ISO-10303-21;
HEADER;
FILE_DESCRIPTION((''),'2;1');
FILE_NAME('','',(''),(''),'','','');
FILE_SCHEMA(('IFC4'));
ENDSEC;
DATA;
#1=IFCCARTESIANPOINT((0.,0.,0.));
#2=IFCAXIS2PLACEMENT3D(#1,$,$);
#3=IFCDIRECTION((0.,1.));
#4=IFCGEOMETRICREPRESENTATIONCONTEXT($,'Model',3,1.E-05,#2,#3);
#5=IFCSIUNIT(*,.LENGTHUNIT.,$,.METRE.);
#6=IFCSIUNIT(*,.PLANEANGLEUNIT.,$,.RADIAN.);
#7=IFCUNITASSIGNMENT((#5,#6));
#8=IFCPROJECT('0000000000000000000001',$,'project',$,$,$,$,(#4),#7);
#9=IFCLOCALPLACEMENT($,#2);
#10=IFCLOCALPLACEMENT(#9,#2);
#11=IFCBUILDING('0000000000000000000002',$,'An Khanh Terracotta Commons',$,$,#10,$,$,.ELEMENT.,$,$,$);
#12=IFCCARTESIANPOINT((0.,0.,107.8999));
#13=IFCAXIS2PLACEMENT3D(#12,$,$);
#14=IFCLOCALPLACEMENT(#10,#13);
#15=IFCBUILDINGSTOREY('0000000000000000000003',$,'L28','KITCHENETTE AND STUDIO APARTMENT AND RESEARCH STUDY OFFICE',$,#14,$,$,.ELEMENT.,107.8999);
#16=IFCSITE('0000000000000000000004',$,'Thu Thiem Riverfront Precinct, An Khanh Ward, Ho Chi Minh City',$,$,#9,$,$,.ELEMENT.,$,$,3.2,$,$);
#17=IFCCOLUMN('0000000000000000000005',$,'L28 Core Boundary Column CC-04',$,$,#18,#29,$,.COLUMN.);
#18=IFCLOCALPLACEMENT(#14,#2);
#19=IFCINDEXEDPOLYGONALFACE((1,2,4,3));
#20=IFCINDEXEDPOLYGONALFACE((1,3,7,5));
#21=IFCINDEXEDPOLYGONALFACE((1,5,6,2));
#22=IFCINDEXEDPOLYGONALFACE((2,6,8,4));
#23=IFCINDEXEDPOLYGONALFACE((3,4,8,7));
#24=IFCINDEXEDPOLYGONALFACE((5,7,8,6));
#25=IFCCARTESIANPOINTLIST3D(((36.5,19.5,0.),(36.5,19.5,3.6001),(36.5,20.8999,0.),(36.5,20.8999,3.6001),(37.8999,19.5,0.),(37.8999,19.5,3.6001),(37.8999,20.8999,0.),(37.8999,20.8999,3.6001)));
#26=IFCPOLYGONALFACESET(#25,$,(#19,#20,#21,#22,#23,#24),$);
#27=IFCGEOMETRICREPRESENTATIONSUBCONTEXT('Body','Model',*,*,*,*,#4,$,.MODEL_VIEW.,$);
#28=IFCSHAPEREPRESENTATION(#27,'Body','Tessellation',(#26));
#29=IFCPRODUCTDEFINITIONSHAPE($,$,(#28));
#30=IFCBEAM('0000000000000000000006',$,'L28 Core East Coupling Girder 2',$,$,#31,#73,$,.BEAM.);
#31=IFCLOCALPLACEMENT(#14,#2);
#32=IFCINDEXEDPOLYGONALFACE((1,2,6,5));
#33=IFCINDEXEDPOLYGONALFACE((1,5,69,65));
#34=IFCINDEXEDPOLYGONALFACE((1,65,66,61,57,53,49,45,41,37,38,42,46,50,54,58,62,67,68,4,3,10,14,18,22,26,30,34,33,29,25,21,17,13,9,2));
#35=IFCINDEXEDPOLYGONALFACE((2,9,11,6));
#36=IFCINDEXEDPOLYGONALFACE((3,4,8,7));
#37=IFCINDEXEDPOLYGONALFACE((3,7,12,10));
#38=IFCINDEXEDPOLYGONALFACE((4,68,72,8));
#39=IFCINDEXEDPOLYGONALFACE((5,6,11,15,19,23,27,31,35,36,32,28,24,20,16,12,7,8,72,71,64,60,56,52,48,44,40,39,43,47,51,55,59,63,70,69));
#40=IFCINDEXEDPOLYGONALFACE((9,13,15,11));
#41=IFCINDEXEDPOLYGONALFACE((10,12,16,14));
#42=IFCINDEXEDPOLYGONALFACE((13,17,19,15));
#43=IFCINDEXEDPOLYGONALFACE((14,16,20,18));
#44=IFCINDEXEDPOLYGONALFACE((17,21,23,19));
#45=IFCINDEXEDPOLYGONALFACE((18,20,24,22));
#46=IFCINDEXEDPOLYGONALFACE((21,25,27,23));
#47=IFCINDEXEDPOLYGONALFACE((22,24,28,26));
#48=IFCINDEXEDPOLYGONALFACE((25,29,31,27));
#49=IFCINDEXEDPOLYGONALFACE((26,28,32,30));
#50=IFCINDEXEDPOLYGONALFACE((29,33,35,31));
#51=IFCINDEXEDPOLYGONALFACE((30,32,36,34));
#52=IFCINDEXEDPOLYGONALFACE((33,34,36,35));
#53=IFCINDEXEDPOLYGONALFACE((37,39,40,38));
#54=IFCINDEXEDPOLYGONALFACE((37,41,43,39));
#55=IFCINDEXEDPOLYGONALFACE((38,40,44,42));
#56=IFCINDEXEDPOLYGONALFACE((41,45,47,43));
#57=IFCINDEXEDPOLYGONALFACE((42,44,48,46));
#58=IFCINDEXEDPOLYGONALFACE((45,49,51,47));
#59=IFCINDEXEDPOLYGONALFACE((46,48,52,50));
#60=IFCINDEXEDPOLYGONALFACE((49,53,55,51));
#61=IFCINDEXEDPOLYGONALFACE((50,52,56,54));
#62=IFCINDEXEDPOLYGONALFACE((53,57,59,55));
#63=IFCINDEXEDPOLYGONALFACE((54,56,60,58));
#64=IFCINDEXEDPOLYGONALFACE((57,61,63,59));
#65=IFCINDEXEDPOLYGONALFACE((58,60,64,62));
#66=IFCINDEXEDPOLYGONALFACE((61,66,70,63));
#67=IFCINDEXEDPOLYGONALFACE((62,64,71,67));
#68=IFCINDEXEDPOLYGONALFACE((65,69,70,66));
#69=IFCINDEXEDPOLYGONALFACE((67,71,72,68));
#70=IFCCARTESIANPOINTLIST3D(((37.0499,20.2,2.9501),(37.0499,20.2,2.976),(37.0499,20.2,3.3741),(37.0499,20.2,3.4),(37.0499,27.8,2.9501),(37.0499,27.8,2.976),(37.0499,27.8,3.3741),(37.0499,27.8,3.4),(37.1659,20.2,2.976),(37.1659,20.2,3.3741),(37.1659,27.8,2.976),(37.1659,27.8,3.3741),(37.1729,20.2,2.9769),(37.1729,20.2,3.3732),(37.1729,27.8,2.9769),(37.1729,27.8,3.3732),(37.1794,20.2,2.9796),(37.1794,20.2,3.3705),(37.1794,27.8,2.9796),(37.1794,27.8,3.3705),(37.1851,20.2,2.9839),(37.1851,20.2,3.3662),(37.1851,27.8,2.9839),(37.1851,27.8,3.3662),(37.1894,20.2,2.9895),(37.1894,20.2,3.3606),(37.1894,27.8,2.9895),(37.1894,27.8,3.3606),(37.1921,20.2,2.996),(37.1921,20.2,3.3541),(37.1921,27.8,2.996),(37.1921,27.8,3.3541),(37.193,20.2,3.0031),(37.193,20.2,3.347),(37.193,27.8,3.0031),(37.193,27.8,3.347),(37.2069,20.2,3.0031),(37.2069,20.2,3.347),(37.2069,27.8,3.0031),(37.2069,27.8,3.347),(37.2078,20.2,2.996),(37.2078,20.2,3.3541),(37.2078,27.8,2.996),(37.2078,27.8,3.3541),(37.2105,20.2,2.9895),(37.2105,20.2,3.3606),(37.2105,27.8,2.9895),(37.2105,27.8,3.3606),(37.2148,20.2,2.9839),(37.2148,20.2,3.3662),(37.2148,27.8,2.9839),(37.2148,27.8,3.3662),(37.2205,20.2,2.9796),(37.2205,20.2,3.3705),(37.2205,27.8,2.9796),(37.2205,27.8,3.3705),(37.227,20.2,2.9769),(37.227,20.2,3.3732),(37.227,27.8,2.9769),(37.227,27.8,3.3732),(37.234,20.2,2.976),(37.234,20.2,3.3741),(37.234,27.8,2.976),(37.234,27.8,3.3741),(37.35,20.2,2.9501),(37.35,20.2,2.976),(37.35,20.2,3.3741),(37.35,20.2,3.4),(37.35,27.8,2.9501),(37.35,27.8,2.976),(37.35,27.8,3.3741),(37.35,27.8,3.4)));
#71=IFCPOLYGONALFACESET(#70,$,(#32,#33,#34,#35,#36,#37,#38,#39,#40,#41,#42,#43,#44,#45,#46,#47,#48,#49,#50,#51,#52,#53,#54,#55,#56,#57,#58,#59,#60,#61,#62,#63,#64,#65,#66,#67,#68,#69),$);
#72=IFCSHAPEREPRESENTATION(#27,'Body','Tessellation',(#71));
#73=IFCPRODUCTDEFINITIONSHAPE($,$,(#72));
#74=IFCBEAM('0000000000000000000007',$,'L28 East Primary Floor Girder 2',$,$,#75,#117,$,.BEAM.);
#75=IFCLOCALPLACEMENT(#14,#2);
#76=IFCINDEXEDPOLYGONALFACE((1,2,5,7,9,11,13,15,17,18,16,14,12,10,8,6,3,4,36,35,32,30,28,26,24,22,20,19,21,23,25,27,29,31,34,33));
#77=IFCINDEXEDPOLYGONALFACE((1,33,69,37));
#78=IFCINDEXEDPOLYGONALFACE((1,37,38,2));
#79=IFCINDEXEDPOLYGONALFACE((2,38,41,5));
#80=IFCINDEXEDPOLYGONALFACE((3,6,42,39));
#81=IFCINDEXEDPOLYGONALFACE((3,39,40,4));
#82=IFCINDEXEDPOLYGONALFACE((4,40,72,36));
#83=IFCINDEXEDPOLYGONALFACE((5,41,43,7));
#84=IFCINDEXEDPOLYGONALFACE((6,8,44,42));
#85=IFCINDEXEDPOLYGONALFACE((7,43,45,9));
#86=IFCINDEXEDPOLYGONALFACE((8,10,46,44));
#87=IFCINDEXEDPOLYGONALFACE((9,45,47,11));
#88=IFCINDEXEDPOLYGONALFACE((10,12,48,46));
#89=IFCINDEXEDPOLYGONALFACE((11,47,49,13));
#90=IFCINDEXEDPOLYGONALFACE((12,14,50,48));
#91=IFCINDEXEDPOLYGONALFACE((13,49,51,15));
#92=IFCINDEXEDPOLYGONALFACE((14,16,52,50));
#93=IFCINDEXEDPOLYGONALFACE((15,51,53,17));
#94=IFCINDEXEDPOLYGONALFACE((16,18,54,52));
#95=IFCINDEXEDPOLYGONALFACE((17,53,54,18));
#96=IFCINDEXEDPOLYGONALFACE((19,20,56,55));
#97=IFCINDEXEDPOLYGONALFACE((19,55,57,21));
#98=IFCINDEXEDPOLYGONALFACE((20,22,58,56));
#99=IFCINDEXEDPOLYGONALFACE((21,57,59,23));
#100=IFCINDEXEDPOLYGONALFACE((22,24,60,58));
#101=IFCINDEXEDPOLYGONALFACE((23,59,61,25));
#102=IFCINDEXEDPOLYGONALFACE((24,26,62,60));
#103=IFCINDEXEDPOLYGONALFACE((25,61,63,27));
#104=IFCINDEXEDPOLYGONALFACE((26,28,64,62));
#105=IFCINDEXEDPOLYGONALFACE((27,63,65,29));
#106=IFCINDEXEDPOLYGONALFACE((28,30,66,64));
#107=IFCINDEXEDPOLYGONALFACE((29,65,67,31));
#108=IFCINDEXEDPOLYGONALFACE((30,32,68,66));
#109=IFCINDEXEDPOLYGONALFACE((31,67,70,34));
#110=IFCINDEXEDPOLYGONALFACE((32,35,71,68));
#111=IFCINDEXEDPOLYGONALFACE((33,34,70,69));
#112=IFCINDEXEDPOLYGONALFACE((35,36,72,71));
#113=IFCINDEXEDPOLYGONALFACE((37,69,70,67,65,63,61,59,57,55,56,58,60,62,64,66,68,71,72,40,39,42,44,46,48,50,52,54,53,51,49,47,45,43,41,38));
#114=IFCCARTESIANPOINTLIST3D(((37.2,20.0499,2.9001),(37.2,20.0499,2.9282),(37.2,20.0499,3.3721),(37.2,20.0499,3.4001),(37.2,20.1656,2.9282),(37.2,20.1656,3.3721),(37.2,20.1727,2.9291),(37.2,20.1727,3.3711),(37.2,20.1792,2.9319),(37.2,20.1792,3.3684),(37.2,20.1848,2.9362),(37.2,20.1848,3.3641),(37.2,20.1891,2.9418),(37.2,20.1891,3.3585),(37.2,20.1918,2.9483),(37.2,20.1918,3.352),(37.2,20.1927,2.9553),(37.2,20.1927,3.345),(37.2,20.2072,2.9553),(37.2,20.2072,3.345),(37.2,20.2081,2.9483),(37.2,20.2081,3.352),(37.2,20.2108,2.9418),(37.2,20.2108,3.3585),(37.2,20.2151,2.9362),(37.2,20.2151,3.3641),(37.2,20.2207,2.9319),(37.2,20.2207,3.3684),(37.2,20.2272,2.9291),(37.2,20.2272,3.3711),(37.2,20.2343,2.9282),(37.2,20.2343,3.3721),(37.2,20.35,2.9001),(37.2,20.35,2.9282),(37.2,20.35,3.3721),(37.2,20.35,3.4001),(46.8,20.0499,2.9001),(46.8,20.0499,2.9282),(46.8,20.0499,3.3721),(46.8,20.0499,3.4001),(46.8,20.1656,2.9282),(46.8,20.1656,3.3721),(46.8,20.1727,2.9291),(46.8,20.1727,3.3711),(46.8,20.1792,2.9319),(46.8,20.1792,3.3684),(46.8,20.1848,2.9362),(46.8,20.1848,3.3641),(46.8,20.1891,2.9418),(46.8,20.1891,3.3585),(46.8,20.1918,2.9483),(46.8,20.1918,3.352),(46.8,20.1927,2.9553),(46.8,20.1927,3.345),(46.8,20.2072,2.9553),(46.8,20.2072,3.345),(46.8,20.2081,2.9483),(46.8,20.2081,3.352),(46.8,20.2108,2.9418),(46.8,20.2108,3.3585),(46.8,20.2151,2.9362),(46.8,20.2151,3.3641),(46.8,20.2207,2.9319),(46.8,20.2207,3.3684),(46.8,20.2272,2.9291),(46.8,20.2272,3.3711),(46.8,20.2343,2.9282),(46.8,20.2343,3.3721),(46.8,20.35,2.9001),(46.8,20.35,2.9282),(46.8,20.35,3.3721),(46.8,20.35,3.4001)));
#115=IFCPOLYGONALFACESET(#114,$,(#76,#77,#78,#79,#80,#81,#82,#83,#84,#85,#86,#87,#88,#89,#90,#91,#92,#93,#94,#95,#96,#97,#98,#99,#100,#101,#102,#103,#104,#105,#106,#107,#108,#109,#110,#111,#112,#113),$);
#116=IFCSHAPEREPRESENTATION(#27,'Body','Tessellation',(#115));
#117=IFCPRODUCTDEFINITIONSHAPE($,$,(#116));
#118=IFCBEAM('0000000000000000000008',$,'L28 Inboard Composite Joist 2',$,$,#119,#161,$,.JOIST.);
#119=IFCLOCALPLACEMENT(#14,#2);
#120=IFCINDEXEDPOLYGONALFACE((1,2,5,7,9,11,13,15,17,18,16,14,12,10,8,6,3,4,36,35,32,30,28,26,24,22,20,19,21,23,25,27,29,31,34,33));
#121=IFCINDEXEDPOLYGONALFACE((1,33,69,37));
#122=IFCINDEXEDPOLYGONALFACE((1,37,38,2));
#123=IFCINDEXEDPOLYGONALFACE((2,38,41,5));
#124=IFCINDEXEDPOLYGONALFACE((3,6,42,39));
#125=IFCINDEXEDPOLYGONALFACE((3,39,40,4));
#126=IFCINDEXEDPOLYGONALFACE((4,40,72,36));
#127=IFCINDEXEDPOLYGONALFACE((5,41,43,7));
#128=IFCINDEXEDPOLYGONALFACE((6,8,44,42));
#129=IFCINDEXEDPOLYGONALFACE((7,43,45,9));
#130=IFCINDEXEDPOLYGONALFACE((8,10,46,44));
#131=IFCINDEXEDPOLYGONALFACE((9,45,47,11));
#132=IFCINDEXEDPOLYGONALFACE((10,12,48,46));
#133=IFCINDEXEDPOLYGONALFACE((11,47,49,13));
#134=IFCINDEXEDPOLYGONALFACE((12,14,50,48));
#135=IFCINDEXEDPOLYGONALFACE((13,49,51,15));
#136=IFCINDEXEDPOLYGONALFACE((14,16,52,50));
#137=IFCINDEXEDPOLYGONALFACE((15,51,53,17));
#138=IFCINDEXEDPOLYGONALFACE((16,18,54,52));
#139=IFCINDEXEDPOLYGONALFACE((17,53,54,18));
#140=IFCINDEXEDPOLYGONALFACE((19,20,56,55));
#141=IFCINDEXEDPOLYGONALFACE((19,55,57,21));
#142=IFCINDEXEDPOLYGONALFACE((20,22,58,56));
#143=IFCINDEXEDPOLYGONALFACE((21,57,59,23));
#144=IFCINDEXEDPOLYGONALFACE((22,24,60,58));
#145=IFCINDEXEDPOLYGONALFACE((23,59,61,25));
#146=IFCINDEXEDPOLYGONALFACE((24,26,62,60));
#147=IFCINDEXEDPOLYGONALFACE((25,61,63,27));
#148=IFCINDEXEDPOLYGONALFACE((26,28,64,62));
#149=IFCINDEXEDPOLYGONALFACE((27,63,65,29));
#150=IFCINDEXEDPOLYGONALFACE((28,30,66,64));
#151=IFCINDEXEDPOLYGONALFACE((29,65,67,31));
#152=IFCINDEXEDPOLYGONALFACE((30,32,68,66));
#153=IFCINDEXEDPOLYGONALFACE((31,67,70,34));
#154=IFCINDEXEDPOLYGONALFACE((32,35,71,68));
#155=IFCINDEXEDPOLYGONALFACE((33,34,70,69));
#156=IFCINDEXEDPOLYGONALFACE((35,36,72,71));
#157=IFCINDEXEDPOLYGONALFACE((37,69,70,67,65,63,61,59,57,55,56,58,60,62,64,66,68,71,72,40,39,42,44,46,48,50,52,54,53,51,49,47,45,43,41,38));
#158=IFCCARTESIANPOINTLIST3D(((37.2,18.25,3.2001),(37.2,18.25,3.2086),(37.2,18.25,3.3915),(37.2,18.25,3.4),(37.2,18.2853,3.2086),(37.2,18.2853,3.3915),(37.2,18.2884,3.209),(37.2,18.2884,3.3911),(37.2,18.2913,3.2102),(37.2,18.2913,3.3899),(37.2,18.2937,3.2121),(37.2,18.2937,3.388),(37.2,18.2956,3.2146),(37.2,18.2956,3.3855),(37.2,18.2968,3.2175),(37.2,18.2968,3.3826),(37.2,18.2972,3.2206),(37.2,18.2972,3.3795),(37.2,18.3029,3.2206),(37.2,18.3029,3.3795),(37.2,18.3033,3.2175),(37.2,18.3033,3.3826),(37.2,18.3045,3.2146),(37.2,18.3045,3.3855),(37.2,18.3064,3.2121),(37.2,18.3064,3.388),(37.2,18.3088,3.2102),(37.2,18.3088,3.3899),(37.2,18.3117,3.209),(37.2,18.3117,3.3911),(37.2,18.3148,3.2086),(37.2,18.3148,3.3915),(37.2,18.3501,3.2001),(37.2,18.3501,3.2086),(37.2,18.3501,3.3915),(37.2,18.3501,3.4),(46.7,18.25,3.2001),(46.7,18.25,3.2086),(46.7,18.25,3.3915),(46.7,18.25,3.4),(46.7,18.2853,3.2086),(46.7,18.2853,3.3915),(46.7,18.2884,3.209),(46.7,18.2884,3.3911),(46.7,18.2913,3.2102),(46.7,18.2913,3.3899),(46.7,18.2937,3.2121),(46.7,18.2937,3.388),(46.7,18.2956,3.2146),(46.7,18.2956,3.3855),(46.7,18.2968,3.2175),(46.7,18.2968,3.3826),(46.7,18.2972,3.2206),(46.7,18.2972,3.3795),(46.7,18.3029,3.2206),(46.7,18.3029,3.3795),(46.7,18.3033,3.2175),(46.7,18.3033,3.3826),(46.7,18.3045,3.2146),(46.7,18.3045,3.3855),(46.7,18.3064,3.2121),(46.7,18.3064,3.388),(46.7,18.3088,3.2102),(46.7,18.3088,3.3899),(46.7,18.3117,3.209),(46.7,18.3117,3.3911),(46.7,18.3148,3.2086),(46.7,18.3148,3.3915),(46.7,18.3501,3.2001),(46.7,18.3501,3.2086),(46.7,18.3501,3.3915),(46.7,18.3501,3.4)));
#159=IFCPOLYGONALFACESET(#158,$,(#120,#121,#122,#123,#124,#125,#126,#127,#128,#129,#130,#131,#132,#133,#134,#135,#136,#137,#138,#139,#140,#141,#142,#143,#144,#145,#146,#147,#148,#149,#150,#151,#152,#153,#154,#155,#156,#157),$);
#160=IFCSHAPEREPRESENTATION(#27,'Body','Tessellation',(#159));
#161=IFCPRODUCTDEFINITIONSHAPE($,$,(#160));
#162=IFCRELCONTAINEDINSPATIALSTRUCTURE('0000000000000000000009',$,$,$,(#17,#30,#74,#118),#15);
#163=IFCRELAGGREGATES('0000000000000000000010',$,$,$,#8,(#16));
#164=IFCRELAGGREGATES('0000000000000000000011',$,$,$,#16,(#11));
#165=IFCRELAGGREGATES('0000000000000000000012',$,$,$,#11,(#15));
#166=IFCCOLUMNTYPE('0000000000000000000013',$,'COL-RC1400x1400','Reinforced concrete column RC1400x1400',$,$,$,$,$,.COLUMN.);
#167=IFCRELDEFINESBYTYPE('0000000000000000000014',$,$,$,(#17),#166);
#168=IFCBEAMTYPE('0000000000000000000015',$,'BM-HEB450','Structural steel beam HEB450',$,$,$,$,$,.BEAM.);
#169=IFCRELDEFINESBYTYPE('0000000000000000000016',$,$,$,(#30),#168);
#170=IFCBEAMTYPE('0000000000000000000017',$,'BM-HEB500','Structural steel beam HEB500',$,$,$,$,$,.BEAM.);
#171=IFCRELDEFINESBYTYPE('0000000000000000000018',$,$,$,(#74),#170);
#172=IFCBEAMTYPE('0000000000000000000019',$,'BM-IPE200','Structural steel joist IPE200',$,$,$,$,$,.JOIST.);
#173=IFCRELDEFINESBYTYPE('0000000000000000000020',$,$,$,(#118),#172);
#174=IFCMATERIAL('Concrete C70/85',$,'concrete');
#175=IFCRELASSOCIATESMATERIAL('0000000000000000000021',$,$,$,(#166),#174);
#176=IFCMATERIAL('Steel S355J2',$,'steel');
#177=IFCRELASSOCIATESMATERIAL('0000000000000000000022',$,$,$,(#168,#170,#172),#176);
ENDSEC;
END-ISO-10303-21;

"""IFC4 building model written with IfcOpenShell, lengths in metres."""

from ifc_helpers import new_model, si_unit, direction, frame, origin, origin_2d, place, context, subcontext, project, spatial, rectangle, i_section, extrude, material, material_profile, profile_set, type_object, element, save


model = new_model("IFC4")

# Units and contexts
model_context = context("Model", 3, precision=1e-05, world=origin(), true_north=direction((0.0, 1.0)))
body_context = subcontext(model_context, "Body", "Model", "MODEL_VIEW")
ifc_project = project(units=[si_unit("LENGTHUNIT", "METRE"), si_unit("PLANEANGLEUNIT", "RADIAN")], contexts=[model_context])

# Site, building, storey
site_placement = place(None, origin())
site = spatial("IfcSite", under=ifc_project, at=site_placement, Name="Thu Thiem Riverfront Precinct, An Khanh Ward, Ho Chi Minh City", CompositionType="ELEMENT", RefElevation=3.2)
building_placement = place(site_placement, origin())
building = spatial("IfcBuilding", under=site, at=building_placement, Name="An Khanh Terracotta Commons", CompositionType="ELEMENT")
storey_placement = place(building_placement, frame((0.0, 0.0, 107.8999)))
storey = spatial("IfcBuildingStorey", under=building, at=storey_placement, Name="L28", Description="KITCHENETTE AND STUDIO APARTMENT AND RESEARCH STUDY OFFICE", CompositionType="ELEMENT", Elevation=107.8999)

# Column
ifc_material_1 = material(Name="Concrete C70/85", Category="concrete")
ifc_material_profile_1 = material_profile(ifc_material_1, rectangle(XDim=1.3999, YDim=1.3999, at=origin_2d()), Name="RC1400x1400")
ifc_profile_set_1 = profile_set([ifc_material_profile_1], Name="Concrete C70/85")
column_type = type_object("IfcColumnType", Name="COL-RC1400x1400", Description="Reinforced concrete column RC1400x1400", PredefinedType="COLUMN", material=ifc_profile_set_1)
column_placement = place(storey_placement, frame((37.2, 20.2, 0.0), z_axis=(0.0, 0.0, 1.0), x_axis=(1.0, 0.0, 0.0)))
element("IfcColumn", 1, at=column_placement, inside=storey, type_object=column_type, Name="L28 Core Boundary Column CC-04", PredefinedType="COLUMN", context=body_context, shape_type="SweptSolid", body=[
    extrude(rectangle(XDim=1.3999, YDim=1.3999, at=origin_2d()), origin(), (0.0, 0.0, 1.0), 3.6001),
])

# Beams
ifc_material_2 = material(Name="Steel S355J2", Category="steel")
ifc_material_profile_2 = material_profile(ifc_material_2, i_section(OverallWidth=0.3, OverallDepth=0.45, WebThickness=0.0139, FlangeThickness=0.0259, FilletRadius=0.0271, at=origin_2d()), Name="HEB450")
ifc_profile_set_2 = profile_set([ifc_material_profile_2], Name="Steel S355J2")
beam_type_1 = type_object("IfcBeamType", Name="BM-HEB450", Description="Structural steel beam HEB450", PredefinedType="BEAM", material=ifc_profile_set_2)
beam_1_placement = place(storey_placement, frame((37.2, 20.2, 3.175), z_axis=(0.0, 1.0, 0.0), x_axis=(-1.0, 0.0, 0.0)))
element("IfcBeam", 2, at=beam_1_placement, inside=storey, type_object=beam_type_1, Name="L28 Core East Coupling Girder 2", PredefinedType="BEAM", context=body_context, shape_type="SweptSolid", body=[
    extrude(i_section(OverallWidth=0.3, OverallDepth=0.45, WebThickness=0.0139, FlangeThickness=0.0259, FilletRadius=0.0271, at=origin_2d()), origin(), (0.0, 0.0, 1.0), 7.6001),
])
ifc_material_profile_3 = material_profile(ifc_material_2, i_section(OverallWidth=0.3, OverallDepth=0.5, WebThickness=0.0144, FlangeThickness=0.0281, FilletRadius=0.0271, at=origin_2d()), Name="HEB500")
ifc_profile_set_3 = profile_set([ifc_material_profile_3], Name="Steel S355J2")
beam_type_2 = type_object("IfcBeamType", Name="BM-HEB500", Description="Structural steel beam HEB500", PredefinedType="BEAM", material=ifc_profile_set_3)
beam_2_placement = place(storey_placement, frame((37.2, 20.2, 3.1501), z_axis=(1.0, 0.0, 0.0), x_axis=(0.0, 1.0, 0.0)))
element("IfcBeam", 3, at=beam_2_placement, inside=storey, type_object=beam_type_2, Name="L28 East Primary Floor Girder 2", PredefinedType="BEAM", context=body_context, shape_type="SweptSolid", body=[
    extrude(i_section(OverallWidth=0.3, OverallDepth=0.5, WebThickness=0.0144, FlangeThickness=0.0281, FilletRadius=0.0271, at=origin_2d()), origin(), (0.0, 0.0, 1.0), 9.6001),
])
ifc_material_profile_4 = material_profile(ifc_material_2, i_section(OverallWidth=0.1001, OverallDepth=0.2, WebThickness=0.0056, FlangeThickness=0.0085, FilletRadius=0.012, at=origin_2d()), Name="IPE200")
ifc_profile_set_4 = profile_set([ifc_material_profile_4], Name="Steel S355J2")
beam_type_3 = type_object("IfcBeamType", Name="BM-IPE200", Description="Structural steel joist IPE200", PredefinedType="JOIST", material=ifc_profile_set_4)
for number, where, z_axis, x_axis, name in (
    (4, (37.2, 18.3, 3.3), (1.0, 0.0, 0.0), (0.0, 1.0, 0.0), "L28 Inboard Composite Joist 2"),
):
    element("IfcBeam", number, at=place(storey_placement, frame(where, z_axis=z_axis, x_axis=x_axis)), inside=storey, type_object=beam_type_3, Name=name, PredefinedType="JOIST", context=body_context, shape_type="SweptSolid", body=[
        extrude(i_section(OverallWidth=0.1001, OverallDepth=0.2, WebThickness=0.0056, FlangeThickness=0.0085, FilletRadius=0.012, at=origin_2d()), origin(), (0.0, 0.0, 1.0), 9.5),
    ])

save(model, "model.ifc")
